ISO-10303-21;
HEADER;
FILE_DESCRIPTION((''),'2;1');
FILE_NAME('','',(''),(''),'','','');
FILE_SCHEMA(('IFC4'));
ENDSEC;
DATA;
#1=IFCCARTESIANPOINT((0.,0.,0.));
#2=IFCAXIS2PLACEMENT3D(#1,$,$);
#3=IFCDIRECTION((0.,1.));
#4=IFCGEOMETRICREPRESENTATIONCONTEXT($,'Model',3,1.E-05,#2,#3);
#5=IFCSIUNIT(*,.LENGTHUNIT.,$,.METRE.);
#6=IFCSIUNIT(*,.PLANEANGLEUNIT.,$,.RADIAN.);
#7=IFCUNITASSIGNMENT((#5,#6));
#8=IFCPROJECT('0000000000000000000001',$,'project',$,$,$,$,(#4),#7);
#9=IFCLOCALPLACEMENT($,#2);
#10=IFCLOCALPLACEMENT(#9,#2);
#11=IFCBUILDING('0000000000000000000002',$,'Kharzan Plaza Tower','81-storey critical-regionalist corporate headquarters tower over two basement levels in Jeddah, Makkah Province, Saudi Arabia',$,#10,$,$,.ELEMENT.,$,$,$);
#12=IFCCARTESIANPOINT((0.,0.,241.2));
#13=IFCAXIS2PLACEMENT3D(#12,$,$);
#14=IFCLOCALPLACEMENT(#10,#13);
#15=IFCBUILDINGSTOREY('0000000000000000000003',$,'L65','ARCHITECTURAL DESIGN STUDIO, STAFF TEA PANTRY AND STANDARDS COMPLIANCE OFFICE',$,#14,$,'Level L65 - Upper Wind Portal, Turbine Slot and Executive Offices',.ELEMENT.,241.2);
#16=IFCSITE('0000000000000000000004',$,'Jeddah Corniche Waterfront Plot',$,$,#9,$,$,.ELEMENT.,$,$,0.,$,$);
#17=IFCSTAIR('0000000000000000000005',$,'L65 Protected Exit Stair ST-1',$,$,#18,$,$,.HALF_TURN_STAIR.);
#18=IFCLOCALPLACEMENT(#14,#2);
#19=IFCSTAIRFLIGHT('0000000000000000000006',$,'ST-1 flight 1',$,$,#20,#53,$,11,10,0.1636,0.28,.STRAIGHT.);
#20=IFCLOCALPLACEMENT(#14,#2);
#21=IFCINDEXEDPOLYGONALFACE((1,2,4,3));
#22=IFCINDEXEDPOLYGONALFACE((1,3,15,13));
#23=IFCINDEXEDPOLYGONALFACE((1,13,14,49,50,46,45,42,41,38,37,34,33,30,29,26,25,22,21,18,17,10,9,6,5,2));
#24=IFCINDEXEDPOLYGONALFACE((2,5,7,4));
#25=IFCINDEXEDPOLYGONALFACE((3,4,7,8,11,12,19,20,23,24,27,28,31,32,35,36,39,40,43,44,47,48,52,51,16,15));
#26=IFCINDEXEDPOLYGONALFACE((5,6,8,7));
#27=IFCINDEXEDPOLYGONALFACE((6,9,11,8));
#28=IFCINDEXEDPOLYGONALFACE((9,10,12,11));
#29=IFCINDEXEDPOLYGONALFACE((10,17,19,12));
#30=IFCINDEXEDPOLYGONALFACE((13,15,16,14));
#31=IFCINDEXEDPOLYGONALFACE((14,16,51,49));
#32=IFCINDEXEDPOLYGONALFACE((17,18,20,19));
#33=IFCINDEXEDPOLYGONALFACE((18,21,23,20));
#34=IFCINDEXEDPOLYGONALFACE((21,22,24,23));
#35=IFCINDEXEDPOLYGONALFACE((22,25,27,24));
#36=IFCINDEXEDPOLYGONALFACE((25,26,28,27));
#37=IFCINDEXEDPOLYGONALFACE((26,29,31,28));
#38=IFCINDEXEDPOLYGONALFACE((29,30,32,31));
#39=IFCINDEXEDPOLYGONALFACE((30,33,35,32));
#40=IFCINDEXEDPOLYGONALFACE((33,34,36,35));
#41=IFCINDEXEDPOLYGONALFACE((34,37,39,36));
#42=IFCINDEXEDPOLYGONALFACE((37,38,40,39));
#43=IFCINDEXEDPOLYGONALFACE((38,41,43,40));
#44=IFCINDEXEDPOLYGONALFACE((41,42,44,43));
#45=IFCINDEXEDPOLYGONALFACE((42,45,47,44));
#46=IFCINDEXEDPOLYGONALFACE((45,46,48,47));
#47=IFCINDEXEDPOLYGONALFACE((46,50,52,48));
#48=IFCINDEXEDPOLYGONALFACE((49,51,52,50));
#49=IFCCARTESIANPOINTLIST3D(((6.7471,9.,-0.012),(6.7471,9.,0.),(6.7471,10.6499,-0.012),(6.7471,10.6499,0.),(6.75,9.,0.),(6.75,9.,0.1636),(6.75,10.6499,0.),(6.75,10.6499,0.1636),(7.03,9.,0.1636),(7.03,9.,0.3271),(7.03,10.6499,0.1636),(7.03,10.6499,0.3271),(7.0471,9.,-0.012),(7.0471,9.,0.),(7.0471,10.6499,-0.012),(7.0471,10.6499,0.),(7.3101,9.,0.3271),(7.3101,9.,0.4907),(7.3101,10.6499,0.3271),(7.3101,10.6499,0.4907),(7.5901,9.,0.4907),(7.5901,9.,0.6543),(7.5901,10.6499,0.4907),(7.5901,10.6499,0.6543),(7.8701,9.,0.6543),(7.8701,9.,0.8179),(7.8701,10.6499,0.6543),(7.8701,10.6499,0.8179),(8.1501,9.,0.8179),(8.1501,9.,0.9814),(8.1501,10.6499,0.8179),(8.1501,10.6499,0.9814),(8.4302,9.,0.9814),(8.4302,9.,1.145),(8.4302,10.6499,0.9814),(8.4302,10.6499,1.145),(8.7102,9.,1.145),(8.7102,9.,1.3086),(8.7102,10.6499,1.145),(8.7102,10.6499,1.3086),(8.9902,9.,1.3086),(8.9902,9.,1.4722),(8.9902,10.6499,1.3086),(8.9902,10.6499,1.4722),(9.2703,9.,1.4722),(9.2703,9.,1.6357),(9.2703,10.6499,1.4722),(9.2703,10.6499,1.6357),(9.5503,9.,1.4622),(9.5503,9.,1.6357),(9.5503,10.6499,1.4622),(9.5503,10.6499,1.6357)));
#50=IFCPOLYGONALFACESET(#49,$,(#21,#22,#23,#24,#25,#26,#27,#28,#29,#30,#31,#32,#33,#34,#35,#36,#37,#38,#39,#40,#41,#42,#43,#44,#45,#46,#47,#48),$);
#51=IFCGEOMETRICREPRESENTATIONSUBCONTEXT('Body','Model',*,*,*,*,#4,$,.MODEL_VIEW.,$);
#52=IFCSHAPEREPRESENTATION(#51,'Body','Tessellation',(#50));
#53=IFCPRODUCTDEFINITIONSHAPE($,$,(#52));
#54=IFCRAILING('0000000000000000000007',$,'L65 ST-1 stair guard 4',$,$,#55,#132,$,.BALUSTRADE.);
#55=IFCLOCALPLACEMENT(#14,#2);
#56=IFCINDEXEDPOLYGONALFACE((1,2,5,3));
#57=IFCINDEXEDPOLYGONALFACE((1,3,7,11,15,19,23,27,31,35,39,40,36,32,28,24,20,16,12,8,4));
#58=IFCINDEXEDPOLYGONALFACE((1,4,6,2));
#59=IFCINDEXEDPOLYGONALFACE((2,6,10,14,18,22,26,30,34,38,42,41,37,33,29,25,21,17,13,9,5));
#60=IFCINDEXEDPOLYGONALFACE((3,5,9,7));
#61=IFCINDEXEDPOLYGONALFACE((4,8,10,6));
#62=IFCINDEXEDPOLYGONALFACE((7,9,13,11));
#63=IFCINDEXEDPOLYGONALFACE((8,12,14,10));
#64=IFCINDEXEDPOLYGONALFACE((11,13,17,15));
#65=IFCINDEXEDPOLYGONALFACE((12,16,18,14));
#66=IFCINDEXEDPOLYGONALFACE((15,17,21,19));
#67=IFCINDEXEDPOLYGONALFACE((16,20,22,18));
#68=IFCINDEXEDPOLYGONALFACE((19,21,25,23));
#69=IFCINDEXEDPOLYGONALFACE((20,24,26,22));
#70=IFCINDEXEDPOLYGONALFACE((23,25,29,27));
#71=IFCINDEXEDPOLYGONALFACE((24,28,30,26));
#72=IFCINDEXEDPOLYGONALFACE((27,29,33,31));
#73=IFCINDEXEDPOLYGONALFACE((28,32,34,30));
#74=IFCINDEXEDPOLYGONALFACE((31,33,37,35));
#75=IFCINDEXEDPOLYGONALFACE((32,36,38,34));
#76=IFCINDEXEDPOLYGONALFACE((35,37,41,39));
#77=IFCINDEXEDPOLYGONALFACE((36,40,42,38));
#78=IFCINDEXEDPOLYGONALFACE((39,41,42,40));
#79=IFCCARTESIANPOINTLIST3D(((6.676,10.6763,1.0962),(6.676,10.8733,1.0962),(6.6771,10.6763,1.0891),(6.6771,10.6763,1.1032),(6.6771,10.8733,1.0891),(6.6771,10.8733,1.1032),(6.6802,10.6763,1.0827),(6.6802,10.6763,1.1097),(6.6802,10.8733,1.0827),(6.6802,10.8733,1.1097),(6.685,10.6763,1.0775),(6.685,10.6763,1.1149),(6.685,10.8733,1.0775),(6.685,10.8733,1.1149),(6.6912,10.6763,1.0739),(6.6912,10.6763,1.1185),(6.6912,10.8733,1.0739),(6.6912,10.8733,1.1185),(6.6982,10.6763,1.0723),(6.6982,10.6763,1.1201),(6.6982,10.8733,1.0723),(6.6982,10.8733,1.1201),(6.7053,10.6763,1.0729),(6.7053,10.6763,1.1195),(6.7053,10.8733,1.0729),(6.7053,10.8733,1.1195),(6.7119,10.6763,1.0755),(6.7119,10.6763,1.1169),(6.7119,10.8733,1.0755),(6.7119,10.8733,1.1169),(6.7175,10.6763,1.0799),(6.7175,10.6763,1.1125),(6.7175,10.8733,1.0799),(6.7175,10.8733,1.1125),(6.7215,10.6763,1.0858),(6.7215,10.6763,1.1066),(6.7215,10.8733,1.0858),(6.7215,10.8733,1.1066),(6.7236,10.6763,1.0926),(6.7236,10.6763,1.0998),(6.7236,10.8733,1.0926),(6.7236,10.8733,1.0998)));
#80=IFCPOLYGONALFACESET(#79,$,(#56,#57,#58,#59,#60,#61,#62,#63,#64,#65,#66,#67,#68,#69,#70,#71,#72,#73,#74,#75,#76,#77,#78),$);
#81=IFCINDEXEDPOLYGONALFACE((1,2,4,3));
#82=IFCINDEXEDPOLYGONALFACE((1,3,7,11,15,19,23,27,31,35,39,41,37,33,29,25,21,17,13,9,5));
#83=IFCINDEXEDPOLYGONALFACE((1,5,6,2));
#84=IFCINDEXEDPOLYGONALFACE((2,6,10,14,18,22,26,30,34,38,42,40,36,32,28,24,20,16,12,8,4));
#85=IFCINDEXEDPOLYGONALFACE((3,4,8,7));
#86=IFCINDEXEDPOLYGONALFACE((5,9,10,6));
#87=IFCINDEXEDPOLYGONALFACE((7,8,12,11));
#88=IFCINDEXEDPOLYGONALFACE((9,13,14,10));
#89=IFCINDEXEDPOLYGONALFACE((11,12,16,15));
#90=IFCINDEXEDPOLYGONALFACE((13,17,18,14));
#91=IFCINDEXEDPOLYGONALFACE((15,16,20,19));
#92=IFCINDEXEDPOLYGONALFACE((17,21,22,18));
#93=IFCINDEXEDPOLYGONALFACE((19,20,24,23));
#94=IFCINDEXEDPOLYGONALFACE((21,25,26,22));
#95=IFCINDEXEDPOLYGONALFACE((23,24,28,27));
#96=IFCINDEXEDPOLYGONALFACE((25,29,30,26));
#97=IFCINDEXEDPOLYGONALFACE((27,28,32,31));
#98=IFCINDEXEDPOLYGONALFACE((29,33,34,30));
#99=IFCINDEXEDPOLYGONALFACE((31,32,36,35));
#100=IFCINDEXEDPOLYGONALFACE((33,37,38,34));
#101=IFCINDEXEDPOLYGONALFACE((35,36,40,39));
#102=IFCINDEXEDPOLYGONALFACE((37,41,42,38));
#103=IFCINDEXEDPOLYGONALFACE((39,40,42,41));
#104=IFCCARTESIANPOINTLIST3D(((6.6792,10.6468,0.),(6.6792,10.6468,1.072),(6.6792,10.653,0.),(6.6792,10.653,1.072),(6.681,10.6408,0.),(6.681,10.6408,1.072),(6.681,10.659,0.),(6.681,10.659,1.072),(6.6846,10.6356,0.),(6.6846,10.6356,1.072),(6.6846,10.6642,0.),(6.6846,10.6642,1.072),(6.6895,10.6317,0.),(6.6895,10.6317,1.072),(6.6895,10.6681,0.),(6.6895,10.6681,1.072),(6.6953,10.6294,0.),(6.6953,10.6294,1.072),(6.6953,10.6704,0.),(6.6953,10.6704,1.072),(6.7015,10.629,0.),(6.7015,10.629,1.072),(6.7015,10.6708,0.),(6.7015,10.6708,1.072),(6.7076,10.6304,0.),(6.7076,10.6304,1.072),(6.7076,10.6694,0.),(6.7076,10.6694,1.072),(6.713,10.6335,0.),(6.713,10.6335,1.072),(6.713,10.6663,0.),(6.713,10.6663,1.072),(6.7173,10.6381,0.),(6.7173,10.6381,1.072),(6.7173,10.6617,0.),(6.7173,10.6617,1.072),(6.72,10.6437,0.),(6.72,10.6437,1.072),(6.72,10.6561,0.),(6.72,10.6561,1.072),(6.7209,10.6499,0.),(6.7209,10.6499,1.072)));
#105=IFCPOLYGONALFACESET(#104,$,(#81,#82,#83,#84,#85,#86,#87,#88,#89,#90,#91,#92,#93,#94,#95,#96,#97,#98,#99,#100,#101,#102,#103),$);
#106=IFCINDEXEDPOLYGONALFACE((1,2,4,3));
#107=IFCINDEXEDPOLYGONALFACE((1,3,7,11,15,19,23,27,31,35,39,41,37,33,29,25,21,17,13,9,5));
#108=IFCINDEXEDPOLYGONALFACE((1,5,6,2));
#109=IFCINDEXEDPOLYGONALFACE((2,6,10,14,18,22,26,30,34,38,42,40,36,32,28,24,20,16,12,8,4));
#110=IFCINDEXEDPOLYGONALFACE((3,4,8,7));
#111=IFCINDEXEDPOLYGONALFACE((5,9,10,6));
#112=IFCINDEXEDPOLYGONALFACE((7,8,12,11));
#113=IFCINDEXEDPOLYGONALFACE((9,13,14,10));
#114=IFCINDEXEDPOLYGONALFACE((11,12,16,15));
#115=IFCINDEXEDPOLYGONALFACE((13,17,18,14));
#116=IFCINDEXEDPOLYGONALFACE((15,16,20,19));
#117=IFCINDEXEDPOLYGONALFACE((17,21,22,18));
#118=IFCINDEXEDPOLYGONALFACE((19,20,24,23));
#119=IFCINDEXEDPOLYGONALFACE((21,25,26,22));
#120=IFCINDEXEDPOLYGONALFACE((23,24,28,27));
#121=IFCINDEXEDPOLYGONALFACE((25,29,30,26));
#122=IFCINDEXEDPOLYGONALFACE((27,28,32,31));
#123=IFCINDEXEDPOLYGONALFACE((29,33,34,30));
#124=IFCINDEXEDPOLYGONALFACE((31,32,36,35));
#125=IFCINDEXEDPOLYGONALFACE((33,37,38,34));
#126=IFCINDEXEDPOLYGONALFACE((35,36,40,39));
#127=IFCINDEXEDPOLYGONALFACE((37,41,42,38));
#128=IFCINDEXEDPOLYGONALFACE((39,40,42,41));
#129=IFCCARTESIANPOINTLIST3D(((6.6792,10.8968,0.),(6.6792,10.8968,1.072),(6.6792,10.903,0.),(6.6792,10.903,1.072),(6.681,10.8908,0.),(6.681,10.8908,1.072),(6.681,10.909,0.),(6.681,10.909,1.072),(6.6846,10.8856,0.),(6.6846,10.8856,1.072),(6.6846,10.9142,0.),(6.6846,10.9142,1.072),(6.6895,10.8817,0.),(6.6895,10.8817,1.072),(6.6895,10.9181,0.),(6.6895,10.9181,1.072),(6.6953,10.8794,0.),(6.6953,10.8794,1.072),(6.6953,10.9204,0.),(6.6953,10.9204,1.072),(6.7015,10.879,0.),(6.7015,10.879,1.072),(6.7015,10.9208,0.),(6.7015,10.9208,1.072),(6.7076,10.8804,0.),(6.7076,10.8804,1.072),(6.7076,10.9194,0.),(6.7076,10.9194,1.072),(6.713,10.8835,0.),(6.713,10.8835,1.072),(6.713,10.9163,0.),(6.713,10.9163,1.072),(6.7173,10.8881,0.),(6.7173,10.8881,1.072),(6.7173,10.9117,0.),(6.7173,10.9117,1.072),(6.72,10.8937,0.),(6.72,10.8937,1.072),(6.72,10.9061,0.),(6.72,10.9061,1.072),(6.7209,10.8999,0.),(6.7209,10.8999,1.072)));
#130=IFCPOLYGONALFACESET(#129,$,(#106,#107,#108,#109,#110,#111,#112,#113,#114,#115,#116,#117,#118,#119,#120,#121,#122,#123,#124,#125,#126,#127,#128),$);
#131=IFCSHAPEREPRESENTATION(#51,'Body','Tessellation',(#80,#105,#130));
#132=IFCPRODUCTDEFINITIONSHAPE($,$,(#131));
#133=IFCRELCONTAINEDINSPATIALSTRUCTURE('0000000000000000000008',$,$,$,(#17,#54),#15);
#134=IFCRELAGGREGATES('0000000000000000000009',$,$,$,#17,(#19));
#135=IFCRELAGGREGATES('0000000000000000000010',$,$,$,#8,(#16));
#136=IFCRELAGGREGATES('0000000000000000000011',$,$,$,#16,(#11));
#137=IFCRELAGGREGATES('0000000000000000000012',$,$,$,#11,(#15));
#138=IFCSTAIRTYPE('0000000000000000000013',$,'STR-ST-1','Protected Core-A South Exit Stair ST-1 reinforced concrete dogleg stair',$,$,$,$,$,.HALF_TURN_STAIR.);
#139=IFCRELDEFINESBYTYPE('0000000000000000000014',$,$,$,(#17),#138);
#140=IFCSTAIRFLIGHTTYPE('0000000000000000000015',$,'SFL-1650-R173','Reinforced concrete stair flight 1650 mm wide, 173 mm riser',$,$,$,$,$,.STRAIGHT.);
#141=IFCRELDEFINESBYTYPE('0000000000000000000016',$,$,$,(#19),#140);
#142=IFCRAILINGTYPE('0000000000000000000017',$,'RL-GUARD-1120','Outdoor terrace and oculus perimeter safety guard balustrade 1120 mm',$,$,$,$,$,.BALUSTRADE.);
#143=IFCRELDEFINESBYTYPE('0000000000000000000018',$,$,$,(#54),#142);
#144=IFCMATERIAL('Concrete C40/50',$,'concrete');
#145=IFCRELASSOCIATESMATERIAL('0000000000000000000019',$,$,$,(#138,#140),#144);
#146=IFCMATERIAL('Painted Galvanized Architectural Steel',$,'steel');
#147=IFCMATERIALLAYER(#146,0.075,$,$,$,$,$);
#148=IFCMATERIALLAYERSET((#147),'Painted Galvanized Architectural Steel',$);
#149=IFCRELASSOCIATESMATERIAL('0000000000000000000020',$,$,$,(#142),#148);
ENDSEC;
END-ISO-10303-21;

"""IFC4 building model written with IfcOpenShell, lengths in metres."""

from ifc_helpers import new_model, si_unit, direction, frame, origin, origin_2d, place, context, subcontext, project, spatial, polyline, circle, outline, extrude, source, transform, mapped, material, layer, layer_set, type_object, element, aggregate, save


model = new_model("IFC4")

# Units and contexts
model_context = context("Model", 3, precision=1e-05, world=origin(), true_north=direction((0.0, 1.0)))
body_context = subcontext(model_context, "Body", "Model", "MODEL_VIEW")
ifc_project = project(units=[si_unit("LENGTHUNIT", "METRE"), si_unit("PLANEANGLEUNIT", "RADIAN")], contexts=[model_context])

# Site, building, storey
site_placement = place(None, origin())
site = spatial("IfcSite", under=ifc_project, at=site_placement, Name="Jeddah Corniche Waterfront Plot", CompositionType="ELEMENT", RefElevation=0.0)
building_placement = place(site_placement, origin())
building = spatial("IfcBuilding", under=site, at=building_placement, Name="Kharzan Plaza Tower", Description="81-storey critical-regionalist corporate headquarters tower over two basement levels in Jeddah, Makkah Province, Saudi Arabia", CompositionType="ELEMENT")
storey_placement = place(building_placement, frame((0.0, 0.0, 241.2)))
storey = spatial("IfcBuildingStorey", under=building, at=storey_placement, Name="L65", Description="ARCHITECTURAL DESIGN STUDIO, STAFF TEA PANTRY AND STANDARDS COMPLIANCE OFFICE", LongName="Level L65 - Upper Wind Portal, Turbine Slot and Executive Offices", CompositionType="ELEMENT", Elevation=241.2)

# Shared definitions
ifc_material_1 = material(Name="Concrete C40/50", Category="concrete")

# Stair, stair flight
stair_type = type_object("IfcStairType", Name="STR-ST-1", Description="Protected Core-A South Exit Stair ST-1 reinforced concrete dogleg stair", PredefinedType="HALF_TURN_STAIR", material=ifc_material_1)
stair_placement = place(storey_placement, origin())
stair = element("IfcStair", 1, at=stair_placement, inside=storey, type_object=stair_type, Name="L65 Protected Exit Stair ST-1", PredefinedType="HALF_TURN_STAIR")
stair_flight_type = type_object("IfcStairFlightType", Name="SFL-1650-R173", Description="Reinforced concrete stair flight 1650 mm wide, 173 mm riser", PredefinedType="STRAIGHT", material=ifc_material_1)
shared_shape_1 = source(origin(), body_context, "Body", "SweptSolid", [
    extrude(outline(polyline([(-0.0029, -0.012), (-0.0029, 0.0), (0.0, 0.0), (0.0, 0.1636), (0.28, 0.1636), (0.28, 0.3271), (0.5601, 0.3271), (0.5601, 0.4907), (0.8401, 0.4907), (0.8401, 0.6543), (1.1201, 0.6543), (1.1201, 0.8179), (1.4001, 0.8179), (1.4001, 0.9814), (1.6802, 0.9814), (1.6802, 1.145), (1.9602, 1.145), (1.9602, 1.3086), (2.2402, 1.3086), (2.2402, 1.4722), (2.5203, 1.4722), (2.5203, 1.6357), (2.8003, 1.6357), (2.8003, 1.7993), (2.8003, 1.4622), (0.2971, 0.0), (0.2971, -0.012), (-0.0029, -0.012)])), frame((0.0, 0.825, 0.0), z_axis=(0.0, -1.0, 0.0), x_axis=(1.0, 0.0, 0.0)), (0.0, 0.0, 1.0), 1.6499),
])
stair_flight_placement = place(storey_placement, frame((6.75, 9.825, 0.0), z_axis=(0.0, 0.0, 1.0), x_axis=(1.0, 0.0, 0.0)))
stair_flight = element("IfcStairFlight", 2, at=stair_flight_placement, type_object=stair_flight_type, Name="ST-1 flight 1", NumberOfRisers=11, NumberOfTreads=10, PredefinedType="STRAIGHT", RiserHeight=0.1636, TreadLength=0.28, context=body_context, shape_type="MappedRepresentation", body=[
    mapped(shared_shape_1, transform((0.0, 0.0, 0.0), x_axis=(1.0, 0.0, 0.0), y_axis=(0.0, 1.0, 0.0), z_axis=(0.0, 0.0, 1.0))),
])
aggregate(stair, [stair_flight])

# Railing
ifc_material_2 = material(Name="Painted Galvanized Architectural Steel", Category="steel")
ifc_layer_1 = layer(ifc_material_2, 0.075)
ifc_layer_set_1 = layer_set([ifc_layer_1], Name="Painted Galvanized Architectural Steel")
railing_type_1 = type_object("IfcRailingType", Name="RL-GUARD-1120", Description="Outdoor terrace and oculus perimeter safety guard balustrade 1120 mm", PredefinedType="BALUSTRADE", material=ifc_layer_set_1)
shared_shape_2 = source(origin(), body_context, "Body", "SweptSolid", [
    extrude(circle(Radius=0.0239, at=origin_2d()), frame((0.0, 0.0264, 1.0962), z_axis=(0.0, 1.0, 0.0), x_axis=(-1.0, 0.0, 0.0)), (0.0, 0.0, 1.0), 0.197),
    extrude(circle(Radius=0.021, at=origin_2d()), origin(), (0.0, 0.0, 1.0), 1.072),
    extrude(circle(Radius=0.021, at=origin_2d()), frame((0.0, 0.25, 0.0)), (0.0, 0.0, 1.0), 1.072),
])
railing_1_placement = place(storey_placement, frame((6.7, 10.6499, 0.0)))
element("IfcRailing", 3, at=railing_1_placement, inside=storey, type_object=railing_type_1, Name="L65 ST-1 stair guard 4", PredefinedType="BALUSTRADE", context=body_context, shape_type="MappedRepresentation", body=[
    mapped(shared_shape_2, transform((0.0, 0.0, 0.0), x_axis=(1.0, 0.0, 0.0), y_axis=(0.0, 1.0, 0.0), z_axis=(0.0, 0.0, 1.0))),
])

save(model, "model.ifc")
